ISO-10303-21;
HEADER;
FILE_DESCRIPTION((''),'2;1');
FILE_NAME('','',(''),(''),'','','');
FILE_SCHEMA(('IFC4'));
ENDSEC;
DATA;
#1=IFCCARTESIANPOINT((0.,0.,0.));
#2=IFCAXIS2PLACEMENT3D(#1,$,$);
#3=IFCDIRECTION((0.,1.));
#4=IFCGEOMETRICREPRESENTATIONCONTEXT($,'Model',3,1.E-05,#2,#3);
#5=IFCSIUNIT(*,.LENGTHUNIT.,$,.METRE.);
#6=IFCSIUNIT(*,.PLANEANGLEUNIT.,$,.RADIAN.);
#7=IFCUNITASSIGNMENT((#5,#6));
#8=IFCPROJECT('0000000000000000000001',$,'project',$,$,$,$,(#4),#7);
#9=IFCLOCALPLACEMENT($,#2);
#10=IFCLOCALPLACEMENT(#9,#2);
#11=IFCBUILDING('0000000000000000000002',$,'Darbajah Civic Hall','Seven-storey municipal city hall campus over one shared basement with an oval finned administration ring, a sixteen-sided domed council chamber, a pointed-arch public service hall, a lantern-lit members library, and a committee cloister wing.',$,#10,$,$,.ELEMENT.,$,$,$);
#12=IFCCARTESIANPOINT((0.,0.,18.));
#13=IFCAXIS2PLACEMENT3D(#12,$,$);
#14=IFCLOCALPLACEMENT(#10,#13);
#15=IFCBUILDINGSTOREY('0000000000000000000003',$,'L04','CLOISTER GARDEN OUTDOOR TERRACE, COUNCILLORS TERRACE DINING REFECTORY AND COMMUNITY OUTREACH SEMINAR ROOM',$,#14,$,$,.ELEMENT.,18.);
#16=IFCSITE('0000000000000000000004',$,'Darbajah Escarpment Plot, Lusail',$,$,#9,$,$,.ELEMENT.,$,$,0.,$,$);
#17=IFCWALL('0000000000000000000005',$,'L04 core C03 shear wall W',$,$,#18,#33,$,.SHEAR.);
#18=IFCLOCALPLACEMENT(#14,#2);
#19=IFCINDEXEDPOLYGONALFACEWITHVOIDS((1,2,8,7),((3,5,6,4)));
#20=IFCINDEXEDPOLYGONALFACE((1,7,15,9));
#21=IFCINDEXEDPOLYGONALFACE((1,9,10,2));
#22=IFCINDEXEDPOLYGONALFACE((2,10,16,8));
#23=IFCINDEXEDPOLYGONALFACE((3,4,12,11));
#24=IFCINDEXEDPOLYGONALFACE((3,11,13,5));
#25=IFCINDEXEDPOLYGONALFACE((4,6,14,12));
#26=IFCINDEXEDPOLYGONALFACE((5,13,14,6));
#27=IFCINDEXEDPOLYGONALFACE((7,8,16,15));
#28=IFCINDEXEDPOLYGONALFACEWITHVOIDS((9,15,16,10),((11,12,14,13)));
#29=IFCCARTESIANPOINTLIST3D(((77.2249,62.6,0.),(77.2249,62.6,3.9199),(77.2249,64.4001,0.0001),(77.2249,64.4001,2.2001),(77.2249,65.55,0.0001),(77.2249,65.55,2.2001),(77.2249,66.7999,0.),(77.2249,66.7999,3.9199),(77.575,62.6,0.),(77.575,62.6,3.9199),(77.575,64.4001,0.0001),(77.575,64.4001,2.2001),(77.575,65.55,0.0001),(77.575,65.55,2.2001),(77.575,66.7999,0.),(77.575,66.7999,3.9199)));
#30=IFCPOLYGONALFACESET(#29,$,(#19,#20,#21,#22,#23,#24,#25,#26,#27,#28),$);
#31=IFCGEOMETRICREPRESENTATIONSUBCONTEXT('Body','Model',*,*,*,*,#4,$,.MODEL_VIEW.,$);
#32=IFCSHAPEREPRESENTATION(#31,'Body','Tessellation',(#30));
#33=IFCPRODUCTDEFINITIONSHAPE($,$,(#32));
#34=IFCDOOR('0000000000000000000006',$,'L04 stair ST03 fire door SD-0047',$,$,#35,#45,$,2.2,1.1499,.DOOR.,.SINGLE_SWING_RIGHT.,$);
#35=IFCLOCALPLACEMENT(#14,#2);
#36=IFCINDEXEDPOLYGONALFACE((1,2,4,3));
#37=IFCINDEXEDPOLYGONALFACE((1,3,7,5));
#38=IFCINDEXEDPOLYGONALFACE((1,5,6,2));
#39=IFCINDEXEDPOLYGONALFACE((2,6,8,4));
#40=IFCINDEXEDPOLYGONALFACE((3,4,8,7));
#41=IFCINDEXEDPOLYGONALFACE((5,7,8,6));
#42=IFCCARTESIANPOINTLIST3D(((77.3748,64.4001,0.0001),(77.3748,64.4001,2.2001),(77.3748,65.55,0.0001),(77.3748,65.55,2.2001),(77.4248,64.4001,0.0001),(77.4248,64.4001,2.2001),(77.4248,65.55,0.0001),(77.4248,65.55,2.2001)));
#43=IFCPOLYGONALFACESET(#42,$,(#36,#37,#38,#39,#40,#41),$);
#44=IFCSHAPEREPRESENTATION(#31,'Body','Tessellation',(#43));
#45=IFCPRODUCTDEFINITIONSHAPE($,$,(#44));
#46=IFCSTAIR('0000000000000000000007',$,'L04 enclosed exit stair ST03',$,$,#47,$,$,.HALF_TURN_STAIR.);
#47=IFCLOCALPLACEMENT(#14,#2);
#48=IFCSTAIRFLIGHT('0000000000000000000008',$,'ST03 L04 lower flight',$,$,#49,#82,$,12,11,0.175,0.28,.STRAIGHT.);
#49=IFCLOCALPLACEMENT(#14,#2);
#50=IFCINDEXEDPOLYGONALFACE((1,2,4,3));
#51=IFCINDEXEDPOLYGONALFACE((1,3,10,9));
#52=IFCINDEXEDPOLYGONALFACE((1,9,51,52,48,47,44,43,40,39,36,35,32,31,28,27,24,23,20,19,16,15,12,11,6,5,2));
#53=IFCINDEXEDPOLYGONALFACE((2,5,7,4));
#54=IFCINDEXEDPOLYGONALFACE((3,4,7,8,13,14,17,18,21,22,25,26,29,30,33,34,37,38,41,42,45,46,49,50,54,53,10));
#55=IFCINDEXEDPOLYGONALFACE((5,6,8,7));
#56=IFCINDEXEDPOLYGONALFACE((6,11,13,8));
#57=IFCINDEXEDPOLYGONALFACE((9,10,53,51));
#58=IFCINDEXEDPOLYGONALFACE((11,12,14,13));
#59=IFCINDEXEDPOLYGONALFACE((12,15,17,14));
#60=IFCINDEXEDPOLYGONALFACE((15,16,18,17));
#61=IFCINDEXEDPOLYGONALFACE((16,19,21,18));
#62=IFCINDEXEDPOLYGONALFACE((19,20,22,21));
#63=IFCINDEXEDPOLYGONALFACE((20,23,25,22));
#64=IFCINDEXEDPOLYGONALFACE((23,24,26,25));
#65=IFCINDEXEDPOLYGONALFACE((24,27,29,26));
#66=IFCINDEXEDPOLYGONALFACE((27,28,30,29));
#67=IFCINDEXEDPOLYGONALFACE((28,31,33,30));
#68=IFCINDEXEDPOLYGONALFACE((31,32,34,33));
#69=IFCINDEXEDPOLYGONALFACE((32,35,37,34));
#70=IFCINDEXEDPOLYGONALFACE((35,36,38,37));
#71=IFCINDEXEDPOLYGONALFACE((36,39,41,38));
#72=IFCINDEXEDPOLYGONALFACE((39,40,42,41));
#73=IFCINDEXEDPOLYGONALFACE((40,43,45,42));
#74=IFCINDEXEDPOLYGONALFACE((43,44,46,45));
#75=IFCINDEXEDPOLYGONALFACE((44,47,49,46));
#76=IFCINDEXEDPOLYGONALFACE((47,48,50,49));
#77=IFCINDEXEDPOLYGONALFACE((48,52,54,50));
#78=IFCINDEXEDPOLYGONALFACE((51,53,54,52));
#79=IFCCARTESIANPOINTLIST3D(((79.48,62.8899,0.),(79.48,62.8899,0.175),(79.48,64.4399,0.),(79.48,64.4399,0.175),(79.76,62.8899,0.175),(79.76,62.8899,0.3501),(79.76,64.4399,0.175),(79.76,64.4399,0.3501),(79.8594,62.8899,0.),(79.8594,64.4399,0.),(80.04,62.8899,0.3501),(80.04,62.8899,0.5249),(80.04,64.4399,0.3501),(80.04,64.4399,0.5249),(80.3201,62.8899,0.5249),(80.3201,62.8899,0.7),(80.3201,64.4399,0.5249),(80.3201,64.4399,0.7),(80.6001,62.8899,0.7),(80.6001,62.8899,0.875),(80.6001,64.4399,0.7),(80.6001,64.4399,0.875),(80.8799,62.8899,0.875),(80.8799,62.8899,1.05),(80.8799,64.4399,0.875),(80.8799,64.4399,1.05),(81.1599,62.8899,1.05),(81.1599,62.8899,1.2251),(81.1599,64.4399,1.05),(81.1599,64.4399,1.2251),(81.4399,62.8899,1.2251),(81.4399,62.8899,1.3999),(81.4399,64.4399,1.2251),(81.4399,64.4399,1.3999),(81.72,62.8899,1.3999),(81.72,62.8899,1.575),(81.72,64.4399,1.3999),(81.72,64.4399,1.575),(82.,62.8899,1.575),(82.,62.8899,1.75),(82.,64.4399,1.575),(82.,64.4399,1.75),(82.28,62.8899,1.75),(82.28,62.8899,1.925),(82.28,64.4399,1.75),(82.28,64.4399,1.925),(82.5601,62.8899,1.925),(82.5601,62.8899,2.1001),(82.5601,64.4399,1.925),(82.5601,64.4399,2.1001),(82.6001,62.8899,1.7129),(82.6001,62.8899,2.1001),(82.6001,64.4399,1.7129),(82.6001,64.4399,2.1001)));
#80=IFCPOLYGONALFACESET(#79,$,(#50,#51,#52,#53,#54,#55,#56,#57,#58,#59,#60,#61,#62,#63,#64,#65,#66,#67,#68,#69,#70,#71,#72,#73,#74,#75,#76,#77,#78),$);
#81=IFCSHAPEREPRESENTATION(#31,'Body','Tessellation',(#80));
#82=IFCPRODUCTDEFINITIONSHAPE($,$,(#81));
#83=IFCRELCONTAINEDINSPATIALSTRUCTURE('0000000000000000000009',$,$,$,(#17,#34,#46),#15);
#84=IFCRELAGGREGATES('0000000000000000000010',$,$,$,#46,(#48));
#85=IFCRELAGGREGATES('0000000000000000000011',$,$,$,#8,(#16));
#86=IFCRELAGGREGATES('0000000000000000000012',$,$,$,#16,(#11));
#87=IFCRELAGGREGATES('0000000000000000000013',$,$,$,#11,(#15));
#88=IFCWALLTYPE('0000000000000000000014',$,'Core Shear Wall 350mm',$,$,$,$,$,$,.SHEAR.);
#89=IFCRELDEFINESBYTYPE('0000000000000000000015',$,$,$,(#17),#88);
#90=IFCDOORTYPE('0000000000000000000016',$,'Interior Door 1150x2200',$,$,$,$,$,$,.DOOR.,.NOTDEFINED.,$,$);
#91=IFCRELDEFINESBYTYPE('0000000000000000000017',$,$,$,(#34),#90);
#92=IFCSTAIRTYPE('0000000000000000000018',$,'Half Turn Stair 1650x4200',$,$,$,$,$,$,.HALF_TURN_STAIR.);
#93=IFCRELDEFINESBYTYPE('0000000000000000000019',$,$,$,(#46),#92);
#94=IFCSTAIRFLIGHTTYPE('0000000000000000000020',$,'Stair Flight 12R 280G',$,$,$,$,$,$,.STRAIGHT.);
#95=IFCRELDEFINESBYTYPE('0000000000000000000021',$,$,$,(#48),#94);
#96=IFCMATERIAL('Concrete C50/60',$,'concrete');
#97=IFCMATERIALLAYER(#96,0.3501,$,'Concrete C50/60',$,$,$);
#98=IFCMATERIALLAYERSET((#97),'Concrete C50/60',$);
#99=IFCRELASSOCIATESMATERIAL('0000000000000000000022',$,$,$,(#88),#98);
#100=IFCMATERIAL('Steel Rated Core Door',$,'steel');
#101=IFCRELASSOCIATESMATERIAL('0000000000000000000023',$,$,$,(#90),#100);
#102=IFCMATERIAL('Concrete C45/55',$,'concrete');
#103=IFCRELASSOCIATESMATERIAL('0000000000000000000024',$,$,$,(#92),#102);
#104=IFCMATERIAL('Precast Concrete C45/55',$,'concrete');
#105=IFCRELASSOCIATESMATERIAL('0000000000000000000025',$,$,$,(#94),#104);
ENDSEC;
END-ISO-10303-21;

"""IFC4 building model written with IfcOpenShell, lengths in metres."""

from ifc_helpers import new_model, si_unit, direction, frame, frame_2d, origin, place, context, subcontext, project, spatial, polyline, rectangle, outline, extrude, material, layer, layer_set, type_object, element, fill, aggregate, save


model = new_model("IFC4")

# Units and contexts
model_context = context("Model", 3, precision=1e-05, world=origin(), true_north=direction((0.0, 1.0)))
body_context = subcontext(model_context, "Body", "Model", "MODEL_VIEW")
ifc_project = project(units=[si_unit("LENGTHUNIT", "METRE"), si_unit("PLANEANGLEUNIT", "RADIAN")], contexts=[model_context])

# Site, building, storey
site_placement = place(None, origin())
site = spatial("IfcSite", under=ifc_project, at=site_placement, Name="Darbajah Escarpment Plot, Lusail", CompositionType="ELEMENT", RefElevation=0.0)
building_placement = place(site_placement, origin())
building = spatial("IfcBuilding", under=site, at=building_placement, Name="Darbajah Civic Hall", Description="Seven-storey municipal city hall campus over one shared basement with an oval finned administration ring, a sixteen-sided domed council chamber, a pointed-arch public service hall, a lantern-lit members library, and a committee cloister wing.", CompositionType="ELEMENT")
storey_placement = place(building_placement, frame((0.0, 0.0, 18.0)))
storey = spatial("IfcBuildingStorey", under=building, at=storey_placement, Name="L04", Description="CLOISTER GARDEN OUTDOOR TERRACE, COUNCILLORS TERRACE DINING REFECTORY AND COMMUNITY OUTREACH SEMINAR ROOM", CompositionType="ELEMENT", Elevation=18.0)

# Shared definitions
ifc_material_1 = material(Name="Concrete C45/55", Category="concrete")

# Shared definitions
ifc_material_2 = material(Name="Concrete C50/60", Category="concrete")
ifc_layer_1 = layer(ifc_material_2, 0.3501, Name="Concrete C50/60")
ifc_layer_set_1 = layer_set([ifc_layer_1], Name="Concrete C50/60")
wall_type = type_object("IfcWallType", Name="Core Shear Wall 350mm", PredefinedType="SHEAR", material=ifc_layer_set_1)

# Wall, opening, door
wall_1_placement = place(storey_placement, frame((77.3999, 66.8, 0.0), z_axis=(0.0, 0.0, 1.0), x_axis=(0.0, -1.0, 0.0)))
wall_1 = element("IfcWall", 1, at=wall_1_placement, inside=storey, type_object=wall_type, Name="L04 core C03 shear wall W", PredefinedType="SHEAR", context=body_context, shape_type="SweptSolid", body=[
    extrude(rectangle(XDim=4.2, YDim=0.3501, at=frame_2d((2.1001, 0.0))), origin(), (0.0, 0.0, 1.0), 3.9199),
])
opening_placement = place(wall_1_placement, frame((1.25, 0.0, 0.0)))
opening = element("IfcOpeningElement", 2, at=opening_placement, cuts=wall_1, PredefinedType="OPENING", context=body_context, shape_type="SweptSolid", body=[
    extrude(rectangle(XDim=1.1499, YDim=2.2, at=frame_2d((0.575, 1.1001))), frame((0.0, 0.1851, 0.0), z_axis=(0.0, -1.0, 0.0), x_axis=(1.0, 0.0, 0.0)), (0.0, 0.0, 1.0), 0.3701),
])
ifc_material_3 = material(Name="Steel Rated Core Door", Category="steel")
door_type = type_object("IfcDoorType", Name="Interior Door 1150x2200", OperationType="NOTDEFINED", PredefinedType="DOOR", material=ifc_material_3)
door_placement = place(opening_placement, origin())
door = element("IfcDoor", 3, at=door_placement, inside=storey, type_object=door_type, Name="L04 stair ST03 fire door SD-0047", OperationType="SINGLE_SWING_RIGHT", OverallHeight=2.2, OverallWidth=1.1499, PredefinedType="DOOR", context=body_context, shape_type="SweptSolid", body=[
    extrude(rectangle(XDim=1.1499, YDim=2.2, at=frame_2d((0.575, 1.1001))), frame((0.0, 0.0249, 0.0), z_axis=(0.0, -1.0, 0.0), x_axis=(1.0, 0.0, 0.0)), (0.0, 0.0, 1.0), 0.05),
])
fill(opening, door)

# Stair, stair flight
stair_type = type_object("IfcStairType", Name="Half Turn Stair 1650x4200", PredefinedType="HALF_TURN_STAIR", material=ifc_material_1)
stair_placement = place(storey_placement, origin())
stair = element("IfcStair", 4, at=stair_placement, inside=storey, type_object=stair_type, Name="L04 enclosed exit stair ST03", PredefinedType="HALF_TURN_STAIR")
ifc_material_4 = material(Name="Precast Concrete C45/55", Category="concrete")
stair_flight_type = type_object("IfcStairFlightType", Name="Stair Flight 12R 280G", PredefinedType="STRAIGHT", material=ifc_material_4)
stair_flight_placement = place(storey_placement, frame((79.48, 63.665, 0.0), z_axis=(0.0, 0.0, 1.0), x_axis=(1.0, 0.0, 0.0)))
stair_flight = element("IfcStairFlight", 5, at=stair_flight_placement, type_object=stair_flight_type, Name="ST03 L04 lower flight", NumberOfRisers=12, NumberOfTreads=11, PredefinedType="STRAIGHT", RiserHeight=0.175, TreadLength=0.28, context=body_context, shape_type="SweptSolid", body=[
    extrude(outline(polyline([(0.0, 0.0), (0.0, 0.175), (0.28, 0.175), (0.28, 0.3501), (0.5601, 0.3501), (0.5601, 0.5249), (0.8401, 0.5249), (0.8401, 0.7), (1.1201, 0.7), (1.1201, 0.875), (1.3999, 0.875), (1.3999, 1.05), (1.6799, 1.05), (1.6799, 1.2251), (1.96, 1.2251), (1.96, 1.3999), (2.24, 1.3999), (2.24, 1.575), (2.52, 1.575), (2.52, 1.75), (2.8, 1.75), (2.8, 1.925), (3.0801, 1.925), (3.0801, 2.1001), (3.1201, 2.1001), (3.1201, 1.7129), (0.3794, 0.0), (0.0, 0.0)])), frame((0.0, 0.7749, 0.0), z_axis=(0.0, -1.0, 0.0), x_axis=(1.0, 0.0, 0.0)), (0.0, 0.0, 1.0), 1.55),
])
aggregate(stair, [stair_flight])

save(model, "model.ifc")
